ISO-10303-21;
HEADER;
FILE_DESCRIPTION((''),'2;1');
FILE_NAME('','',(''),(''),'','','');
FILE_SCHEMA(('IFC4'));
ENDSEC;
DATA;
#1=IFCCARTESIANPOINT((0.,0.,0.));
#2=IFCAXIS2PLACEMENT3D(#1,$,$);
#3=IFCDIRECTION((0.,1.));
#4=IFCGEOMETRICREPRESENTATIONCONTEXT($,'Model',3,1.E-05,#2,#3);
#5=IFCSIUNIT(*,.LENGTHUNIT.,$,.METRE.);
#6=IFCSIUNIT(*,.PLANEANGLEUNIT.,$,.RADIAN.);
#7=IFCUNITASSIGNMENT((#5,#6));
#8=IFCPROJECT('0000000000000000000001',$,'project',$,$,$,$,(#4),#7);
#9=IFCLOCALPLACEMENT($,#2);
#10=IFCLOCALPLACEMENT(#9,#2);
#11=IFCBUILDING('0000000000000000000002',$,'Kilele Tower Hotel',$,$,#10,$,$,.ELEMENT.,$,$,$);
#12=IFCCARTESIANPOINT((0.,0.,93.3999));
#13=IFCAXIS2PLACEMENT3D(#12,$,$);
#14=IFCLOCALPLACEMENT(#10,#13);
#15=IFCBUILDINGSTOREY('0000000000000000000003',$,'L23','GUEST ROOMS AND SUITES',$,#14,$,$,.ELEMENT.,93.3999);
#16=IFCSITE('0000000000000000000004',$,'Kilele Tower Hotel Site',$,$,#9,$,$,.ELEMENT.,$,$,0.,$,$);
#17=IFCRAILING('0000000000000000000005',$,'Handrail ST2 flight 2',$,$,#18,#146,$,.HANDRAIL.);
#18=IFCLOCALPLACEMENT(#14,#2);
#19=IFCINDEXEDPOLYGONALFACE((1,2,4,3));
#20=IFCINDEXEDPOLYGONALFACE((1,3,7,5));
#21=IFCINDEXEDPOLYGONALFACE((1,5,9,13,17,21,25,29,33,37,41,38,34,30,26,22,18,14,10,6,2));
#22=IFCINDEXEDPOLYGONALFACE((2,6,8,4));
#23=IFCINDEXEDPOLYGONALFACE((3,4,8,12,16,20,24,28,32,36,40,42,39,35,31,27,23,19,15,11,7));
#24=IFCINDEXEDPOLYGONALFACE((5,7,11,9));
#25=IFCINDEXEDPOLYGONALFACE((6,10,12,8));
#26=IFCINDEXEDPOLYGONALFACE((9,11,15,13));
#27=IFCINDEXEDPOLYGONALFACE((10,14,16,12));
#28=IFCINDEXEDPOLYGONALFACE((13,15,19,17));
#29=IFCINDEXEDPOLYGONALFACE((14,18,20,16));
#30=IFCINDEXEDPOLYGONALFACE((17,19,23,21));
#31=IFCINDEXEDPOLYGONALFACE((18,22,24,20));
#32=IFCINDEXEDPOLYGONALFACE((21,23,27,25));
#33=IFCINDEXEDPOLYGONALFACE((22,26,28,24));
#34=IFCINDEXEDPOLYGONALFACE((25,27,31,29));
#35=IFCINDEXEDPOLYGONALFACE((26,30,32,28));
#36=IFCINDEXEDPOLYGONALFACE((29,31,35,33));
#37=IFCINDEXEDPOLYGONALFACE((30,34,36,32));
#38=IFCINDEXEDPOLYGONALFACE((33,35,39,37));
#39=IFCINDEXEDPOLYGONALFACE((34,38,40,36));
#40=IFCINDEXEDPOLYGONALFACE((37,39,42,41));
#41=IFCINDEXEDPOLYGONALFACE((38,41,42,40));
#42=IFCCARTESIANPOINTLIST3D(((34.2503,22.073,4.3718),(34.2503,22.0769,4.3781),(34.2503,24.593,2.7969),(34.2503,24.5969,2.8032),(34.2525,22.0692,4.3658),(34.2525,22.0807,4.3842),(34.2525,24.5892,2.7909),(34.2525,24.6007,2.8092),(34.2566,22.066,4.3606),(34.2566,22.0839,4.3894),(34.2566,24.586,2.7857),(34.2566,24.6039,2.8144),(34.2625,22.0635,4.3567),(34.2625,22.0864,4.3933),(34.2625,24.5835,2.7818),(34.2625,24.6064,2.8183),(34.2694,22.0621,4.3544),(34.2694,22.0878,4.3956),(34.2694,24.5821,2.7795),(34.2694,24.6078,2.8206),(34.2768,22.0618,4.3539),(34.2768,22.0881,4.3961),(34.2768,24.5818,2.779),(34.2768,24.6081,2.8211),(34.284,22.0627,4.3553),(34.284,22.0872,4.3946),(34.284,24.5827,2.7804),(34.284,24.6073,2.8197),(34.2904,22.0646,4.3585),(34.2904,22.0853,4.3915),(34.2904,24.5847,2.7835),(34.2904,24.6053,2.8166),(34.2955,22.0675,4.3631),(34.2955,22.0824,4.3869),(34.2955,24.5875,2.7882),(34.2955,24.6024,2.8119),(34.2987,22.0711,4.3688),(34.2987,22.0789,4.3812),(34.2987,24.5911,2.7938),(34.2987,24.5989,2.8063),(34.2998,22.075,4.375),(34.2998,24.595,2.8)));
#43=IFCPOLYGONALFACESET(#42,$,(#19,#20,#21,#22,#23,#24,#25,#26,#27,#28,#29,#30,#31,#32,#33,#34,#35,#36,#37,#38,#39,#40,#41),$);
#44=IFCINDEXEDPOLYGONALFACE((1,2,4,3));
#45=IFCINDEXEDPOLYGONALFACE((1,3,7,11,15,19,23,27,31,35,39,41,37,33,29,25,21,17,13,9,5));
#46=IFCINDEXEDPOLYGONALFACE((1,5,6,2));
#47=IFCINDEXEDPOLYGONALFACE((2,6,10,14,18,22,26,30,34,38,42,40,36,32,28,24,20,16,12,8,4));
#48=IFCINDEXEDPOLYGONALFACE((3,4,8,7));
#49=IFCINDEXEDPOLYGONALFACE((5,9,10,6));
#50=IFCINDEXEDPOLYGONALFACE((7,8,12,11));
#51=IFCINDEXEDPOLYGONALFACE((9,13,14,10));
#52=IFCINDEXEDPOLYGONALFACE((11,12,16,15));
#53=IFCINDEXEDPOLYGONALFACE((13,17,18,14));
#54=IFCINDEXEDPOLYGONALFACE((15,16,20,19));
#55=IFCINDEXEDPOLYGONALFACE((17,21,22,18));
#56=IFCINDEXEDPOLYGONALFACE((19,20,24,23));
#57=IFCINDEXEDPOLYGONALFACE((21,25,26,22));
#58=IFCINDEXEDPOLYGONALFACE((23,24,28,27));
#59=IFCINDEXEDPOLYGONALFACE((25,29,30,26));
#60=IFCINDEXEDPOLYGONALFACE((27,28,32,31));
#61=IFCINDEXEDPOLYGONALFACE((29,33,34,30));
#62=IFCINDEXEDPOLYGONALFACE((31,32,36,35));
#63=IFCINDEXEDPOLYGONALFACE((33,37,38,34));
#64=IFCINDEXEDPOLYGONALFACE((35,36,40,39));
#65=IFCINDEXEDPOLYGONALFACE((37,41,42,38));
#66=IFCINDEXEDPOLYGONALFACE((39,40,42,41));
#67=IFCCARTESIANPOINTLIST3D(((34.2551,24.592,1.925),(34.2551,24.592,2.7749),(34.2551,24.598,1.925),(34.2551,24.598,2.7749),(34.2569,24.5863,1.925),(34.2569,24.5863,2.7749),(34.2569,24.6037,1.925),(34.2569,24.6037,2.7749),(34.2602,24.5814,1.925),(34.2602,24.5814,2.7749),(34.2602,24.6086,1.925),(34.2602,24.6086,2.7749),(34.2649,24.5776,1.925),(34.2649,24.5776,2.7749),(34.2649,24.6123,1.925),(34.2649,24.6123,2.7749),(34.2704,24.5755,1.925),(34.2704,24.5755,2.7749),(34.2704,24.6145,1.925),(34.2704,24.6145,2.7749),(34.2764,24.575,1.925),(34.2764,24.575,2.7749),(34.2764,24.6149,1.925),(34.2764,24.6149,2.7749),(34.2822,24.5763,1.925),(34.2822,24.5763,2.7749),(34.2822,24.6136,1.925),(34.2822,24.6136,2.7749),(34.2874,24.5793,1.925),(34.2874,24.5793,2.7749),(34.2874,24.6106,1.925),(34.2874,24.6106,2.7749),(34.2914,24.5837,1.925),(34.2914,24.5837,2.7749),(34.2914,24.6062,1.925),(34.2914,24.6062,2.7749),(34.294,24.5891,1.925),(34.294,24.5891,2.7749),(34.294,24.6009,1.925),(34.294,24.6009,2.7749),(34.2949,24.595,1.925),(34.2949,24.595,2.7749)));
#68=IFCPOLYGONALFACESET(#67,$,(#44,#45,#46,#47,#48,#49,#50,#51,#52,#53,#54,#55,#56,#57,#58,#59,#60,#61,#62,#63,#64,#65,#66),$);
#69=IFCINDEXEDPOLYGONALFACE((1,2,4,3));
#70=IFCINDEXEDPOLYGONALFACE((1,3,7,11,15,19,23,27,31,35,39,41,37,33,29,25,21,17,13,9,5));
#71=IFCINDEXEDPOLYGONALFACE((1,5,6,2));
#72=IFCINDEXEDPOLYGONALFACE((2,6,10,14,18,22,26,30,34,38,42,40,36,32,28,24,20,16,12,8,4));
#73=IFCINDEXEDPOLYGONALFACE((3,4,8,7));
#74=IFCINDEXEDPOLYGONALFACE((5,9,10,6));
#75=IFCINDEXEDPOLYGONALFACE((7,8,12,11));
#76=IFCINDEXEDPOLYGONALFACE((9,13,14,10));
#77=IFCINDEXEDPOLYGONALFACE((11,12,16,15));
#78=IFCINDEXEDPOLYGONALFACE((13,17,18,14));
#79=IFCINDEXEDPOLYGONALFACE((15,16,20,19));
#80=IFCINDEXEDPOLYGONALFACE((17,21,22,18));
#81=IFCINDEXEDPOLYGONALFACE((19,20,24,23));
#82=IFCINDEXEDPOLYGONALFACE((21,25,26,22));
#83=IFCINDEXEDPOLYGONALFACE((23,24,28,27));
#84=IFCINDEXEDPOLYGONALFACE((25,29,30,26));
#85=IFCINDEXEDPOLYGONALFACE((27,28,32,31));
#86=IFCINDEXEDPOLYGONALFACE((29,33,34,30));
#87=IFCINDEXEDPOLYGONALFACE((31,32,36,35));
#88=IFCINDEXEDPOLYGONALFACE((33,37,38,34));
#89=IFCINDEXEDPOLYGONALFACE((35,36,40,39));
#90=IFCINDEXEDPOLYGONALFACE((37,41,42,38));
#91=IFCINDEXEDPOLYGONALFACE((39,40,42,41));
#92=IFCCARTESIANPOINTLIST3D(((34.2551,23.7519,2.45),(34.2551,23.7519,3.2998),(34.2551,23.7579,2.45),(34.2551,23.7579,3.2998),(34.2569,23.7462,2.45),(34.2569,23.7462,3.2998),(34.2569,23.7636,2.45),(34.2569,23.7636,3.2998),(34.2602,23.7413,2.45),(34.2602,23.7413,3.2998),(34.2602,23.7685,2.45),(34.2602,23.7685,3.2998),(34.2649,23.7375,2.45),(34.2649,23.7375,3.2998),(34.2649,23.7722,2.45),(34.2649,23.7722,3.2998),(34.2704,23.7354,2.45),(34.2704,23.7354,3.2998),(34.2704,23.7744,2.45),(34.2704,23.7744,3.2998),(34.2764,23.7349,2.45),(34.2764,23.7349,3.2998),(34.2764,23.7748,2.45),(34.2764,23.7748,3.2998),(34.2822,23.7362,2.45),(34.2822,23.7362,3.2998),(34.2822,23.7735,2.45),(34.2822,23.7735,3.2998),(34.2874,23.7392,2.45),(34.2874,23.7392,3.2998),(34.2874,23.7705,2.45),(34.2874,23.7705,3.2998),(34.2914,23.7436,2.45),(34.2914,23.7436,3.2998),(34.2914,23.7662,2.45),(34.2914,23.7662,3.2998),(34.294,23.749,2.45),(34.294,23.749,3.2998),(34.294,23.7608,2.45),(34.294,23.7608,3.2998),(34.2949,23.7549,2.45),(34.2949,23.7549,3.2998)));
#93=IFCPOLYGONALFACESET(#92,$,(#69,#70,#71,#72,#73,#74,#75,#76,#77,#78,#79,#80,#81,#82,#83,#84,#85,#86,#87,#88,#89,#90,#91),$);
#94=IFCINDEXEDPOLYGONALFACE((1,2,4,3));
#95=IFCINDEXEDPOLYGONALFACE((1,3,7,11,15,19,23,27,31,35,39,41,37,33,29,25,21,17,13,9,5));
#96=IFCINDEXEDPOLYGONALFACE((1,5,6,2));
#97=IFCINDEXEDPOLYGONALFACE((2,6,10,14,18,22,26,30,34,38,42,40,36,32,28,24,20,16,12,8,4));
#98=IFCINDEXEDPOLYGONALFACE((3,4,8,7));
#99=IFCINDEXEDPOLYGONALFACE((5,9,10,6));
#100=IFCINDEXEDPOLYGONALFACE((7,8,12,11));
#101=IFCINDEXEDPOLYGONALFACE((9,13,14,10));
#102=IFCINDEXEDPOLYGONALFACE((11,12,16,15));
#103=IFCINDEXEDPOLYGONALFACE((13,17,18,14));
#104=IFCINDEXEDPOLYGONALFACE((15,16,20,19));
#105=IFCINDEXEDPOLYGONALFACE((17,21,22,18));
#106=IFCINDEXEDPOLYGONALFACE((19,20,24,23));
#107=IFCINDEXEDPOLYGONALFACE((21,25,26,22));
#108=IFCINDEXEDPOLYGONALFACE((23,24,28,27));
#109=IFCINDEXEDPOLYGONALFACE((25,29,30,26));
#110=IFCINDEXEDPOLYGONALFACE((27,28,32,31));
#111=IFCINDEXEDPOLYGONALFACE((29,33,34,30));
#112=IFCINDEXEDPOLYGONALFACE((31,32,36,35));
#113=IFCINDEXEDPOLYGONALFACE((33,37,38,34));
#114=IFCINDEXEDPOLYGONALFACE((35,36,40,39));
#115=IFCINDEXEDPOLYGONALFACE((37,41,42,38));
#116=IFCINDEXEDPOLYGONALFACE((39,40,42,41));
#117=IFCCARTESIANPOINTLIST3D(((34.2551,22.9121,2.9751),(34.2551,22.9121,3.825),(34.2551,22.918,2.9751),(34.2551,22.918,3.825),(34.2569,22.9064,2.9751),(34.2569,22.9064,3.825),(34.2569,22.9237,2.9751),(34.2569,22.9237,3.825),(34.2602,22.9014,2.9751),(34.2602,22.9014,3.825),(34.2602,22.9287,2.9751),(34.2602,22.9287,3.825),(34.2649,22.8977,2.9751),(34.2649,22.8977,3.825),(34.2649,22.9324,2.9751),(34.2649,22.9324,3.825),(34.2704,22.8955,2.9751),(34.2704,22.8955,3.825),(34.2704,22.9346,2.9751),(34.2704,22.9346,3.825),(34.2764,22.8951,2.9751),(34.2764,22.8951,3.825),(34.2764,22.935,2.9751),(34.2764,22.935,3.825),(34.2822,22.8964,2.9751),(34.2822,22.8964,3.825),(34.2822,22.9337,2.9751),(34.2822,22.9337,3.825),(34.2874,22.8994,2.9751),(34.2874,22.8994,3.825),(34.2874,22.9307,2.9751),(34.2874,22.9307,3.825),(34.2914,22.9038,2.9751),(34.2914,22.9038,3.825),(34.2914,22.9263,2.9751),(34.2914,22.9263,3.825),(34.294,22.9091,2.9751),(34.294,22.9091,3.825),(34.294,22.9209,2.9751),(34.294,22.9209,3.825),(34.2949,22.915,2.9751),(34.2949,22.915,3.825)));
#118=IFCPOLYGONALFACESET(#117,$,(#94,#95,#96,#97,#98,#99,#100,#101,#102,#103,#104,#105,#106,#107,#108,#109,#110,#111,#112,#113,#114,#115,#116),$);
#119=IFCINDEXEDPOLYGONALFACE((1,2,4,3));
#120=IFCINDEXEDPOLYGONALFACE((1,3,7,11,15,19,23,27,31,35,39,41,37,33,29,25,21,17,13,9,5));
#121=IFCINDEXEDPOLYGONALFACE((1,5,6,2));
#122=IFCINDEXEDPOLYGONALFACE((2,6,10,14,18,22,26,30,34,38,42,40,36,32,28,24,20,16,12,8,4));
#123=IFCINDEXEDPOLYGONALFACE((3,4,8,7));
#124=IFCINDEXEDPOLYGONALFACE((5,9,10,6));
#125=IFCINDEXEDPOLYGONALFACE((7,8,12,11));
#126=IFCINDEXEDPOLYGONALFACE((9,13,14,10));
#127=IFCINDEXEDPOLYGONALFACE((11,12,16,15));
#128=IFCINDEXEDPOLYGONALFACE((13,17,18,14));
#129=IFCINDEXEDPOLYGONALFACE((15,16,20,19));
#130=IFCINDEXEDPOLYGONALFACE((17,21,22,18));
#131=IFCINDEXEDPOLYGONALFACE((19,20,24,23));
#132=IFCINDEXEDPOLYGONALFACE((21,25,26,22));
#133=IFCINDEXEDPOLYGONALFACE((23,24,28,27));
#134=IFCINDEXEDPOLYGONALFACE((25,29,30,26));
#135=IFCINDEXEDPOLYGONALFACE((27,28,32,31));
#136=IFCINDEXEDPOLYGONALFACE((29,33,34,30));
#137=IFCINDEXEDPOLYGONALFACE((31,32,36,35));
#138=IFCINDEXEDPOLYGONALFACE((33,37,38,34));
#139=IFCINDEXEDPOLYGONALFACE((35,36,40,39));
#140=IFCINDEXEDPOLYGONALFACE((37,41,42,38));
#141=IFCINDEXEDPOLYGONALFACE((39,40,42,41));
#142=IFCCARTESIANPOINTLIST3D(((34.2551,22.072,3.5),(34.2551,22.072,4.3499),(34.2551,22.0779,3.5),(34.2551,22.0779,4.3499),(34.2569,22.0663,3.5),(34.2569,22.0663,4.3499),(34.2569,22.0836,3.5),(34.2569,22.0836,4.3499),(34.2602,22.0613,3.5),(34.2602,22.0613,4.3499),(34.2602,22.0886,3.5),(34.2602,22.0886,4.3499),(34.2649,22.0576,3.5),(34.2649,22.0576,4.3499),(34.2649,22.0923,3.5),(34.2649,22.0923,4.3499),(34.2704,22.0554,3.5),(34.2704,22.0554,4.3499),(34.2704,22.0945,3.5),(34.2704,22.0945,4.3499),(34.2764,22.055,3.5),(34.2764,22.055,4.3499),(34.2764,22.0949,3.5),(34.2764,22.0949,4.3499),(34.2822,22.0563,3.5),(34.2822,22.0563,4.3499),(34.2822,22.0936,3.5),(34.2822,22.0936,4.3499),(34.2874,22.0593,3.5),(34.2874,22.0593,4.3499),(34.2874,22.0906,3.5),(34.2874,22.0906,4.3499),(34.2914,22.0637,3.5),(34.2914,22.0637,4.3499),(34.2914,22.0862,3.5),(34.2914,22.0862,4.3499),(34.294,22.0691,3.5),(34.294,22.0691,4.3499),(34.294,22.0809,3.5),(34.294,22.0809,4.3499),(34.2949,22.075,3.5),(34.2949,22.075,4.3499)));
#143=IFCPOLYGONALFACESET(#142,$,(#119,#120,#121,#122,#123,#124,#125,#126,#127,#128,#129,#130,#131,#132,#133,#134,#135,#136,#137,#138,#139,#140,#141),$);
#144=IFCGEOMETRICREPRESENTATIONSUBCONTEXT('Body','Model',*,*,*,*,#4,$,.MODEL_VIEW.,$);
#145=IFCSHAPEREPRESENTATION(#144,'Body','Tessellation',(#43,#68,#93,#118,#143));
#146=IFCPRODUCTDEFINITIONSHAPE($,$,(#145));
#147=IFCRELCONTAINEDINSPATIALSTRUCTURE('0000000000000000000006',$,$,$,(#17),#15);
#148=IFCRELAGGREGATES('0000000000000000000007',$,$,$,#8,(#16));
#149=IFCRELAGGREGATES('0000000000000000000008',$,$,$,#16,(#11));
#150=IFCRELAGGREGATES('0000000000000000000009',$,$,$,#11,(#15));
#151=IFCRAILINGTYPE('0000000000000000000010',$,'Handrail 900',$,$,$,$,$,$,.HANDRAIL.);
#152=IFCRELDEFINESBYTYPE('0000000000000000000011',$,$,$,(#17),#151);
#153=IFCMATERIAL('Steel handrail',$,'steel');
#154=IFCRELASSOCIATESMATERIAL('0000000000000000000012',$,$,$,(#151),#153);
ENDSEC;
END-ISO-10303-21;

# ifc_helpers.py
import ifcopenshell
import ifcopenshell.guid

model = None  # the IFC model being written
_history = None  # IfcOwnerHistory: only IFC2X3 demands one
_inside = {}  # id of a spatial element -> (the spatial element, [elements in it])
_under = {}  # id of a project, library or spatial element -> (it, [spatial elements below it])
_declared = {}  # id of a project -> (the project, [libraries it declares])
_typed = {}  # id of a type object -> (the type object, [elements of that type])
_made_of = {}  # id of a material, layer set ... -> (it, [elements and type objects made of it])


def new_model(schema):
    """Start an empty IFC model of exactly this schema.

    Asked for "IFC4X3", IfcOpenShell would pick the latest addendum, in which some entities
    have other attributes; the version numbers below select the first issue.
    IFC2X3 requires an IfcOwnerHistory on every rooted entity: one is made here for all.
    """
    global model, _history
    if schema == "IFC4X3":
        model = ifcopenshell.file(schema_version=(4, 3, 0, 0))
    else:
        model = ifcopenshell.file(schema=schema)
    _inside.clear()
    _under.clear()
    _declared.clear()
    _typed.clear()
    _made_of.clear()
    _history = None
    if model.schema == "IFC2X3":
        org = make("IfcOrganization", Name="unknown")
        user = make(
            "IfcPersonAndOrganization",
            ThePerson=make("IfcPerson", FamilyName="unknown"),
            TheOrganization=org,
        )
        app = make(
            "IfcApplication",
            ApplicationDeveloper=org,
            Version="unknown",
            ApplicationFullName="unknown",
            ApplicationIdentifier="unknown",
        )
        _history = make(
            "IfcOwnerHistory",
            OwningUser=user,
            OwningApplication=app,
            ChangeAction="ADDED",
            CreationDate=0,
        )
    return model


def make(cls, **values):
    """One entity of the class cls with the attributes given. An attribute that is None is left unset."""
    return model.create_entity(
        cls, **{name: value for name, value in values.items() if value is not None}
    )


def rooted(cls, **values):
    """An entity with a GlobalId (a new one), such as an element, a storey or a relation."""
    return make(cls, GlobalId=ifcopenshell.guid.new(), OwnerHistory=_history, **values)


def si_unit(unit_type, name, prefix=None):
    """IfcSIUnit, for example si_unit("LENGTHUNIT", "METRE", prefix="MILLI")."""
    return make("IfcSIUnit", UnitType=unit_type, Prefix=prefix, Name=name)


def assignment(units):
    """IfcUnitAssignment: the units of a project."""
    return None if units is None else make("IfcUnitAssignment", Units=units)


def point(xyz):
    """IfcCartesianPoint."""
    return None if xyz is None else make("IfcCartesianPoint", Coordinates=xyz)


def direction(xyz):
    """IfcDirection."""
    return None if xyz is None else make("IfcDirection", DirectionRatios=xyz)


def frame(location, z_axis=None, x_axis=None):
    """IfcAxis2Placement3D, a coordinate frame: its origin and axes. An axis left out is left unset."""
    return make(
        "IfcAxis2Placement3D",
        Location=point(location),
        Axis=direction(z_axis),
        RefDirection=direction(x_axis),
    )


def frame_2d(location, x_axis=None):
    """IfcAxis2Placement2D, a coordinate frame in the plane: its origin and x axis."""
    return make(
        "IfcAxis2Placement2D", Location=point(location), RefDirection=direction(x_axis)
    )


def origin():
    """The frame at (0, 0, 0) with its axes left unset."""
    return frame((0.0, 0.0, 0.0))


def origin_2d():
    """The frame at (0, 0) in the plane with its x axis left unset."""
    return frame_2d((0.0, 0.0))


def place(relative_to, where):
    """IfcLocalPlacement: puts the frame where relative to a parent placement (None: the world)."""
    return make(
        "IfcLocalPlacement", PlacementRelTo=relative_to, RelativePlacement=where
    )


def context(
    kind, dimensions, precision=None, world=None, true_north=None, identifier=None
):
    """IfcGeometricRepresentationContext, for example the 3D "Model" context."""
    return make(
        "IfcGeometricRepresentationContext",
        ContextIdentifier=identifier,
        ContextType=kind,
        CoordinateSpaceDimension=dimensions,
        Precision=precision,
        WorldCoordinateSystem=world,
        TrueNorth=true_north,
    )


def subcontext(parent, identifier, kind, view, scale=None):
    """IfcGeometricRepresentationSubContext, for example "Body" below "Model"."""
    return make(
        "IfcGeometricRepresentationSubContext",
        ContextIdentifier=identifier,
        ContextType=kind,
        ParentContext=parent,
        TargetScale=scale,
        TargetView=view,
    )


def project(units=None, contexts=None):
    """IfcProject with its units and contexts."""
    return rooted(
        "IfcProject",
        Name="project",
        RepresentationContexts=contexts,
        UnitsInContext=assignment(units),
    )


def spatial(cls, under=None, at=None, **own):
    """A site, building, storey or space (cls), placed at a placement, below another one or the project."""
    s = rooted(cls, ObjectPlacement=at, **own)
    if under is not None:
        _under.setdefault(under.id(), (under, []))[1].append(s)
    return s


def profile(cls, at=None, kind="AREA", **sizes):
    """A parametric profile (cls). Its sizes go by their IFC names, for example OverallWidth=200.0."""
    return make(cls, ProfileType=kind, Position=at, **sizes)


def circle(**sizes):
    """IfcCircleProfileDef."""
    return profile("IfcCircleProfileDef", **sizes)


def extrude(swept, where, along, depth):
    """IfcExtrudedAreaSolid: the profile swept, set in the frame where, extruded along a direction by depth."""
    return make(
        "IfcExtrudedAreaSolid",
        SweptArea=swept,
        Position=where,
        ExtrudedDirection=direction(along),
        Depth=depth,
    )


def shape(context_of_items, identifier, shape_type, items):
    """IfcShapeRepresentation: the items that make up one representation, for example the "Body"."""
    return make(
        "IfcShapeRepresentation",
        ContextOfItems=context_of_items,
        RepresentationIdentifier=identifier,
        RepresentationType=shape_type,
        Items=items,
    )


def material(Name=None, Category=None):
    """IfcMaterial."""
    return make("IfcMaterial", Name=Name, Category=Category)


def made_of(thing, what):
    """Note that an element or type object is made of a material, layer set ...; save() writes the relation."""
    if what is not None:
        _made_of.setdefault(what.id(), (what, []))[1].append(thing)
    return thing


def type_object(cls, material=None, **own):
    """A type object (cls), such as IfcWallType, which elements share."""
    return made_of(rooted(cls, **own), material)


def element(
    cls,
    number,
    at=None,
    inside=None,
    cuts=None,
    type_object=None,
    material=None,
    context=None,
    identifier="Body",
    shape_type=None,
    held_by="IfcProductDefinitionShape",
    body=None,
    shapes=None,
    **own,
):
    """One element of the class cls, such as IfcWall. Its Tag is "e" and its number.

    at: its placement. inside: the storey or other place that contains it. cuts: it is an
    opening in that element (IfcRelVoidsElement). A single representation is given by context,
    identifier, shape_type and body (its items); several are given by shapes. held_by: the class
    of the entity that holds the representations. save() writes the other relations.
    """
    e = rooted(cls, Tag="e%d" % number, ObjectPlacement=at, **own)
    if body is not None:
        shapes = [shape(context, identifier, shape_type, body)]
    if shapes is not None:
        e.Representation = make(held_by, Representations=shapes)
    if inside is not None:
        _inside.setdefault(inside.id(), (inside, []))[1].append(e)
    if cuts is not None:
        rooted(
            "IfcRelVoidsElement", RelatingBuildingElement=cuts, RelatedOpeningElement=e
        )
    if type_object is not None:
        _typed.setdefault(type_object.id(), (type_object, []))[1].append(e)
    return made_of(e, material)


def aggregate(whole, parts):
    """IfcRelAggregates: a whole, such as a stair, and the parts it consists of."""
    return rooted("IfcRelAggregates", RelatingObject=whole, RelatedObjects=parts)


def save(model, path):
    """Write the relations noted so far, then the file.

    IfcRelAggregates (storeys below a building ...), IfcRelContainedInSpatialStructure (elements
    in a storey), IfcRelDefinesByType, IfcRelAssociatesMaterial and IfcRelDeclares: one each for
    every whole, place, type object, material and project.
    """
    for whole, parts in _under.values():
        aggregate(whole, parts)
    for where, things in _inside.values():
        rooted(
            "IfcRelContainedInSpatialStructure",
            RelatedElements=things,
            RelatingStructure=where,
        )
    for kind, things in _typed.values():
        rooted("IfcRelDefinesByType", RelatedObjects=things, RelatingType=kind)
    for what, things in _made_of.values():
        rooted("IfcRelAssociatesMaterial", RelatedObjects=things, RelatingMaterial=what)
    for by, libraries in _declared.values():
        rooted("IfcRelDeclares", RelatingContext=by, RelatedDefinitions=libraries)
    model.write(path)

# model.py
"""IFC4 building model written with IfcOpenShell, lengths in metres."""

from ifc_helpers import new_model, si_unit, direction, frame, origin, origin_2d, place, context, subcontext, project, spatial, circle, extrude, material, type_object, element, save


model = new_model("IFC4")

# Units and contexts
model_context = context("Model", 3, precision=1e-05, world=origin(), true_north=direction((0.0, 1.0)))
body_context = subcontext(model_context, "Body", "Model", "MODEL_VIEW")
ifc_project = project(units=[si_unit("LENGTHUNIT", "METRE"), si_unit("PLANEANGLEUNIT", "RADIAN")], contexts=[model_context])

# Site, building, storey
site_placement = place(None, origin())
site = spatial("IfcSite", under=ifc_project, at=site_placement, Name="Kilele Tower Hotel Site", CompositionType="ELEMENT", RefElevation=0.0)
building_placement = place(site_placement, origin())
building = spatial("IfcBuilding", under=site, at=building_placement, Name="Kilele Tower Hotel", CompositionType="ELEMENT")
storey_placement = place(building_placement, frame((0.0, 0.0, 93.3999)))
storey = spatial("IfcBuildingStorey", under=building, at=storey_placement, Name="L23", Description="GUEST ROOMS AND SUITES", CompositionType="ELEMENT", Elevation=93.3999)

# Railing
ifc_material_1 = material(Name="Steel handrail", Category="steel")
railing_type_1 = type_object("IfcRailingType", Name="Handrail 900", PredefinedType="HANDRAIL", material=ifc_material_1)
for number, where, name in (
    (1, (34.2749, 24.595, 1.925), "Handrail ST2 flight 2"),
):
    element("IfcRailing", number, at=place(storey_placement, frame(where)), inside=storey, type_object=railing_type_1, Name=name, PredefinedType="HANDRAIL", context=body_context, shape_type="SweptSolid", body=[
        extrude(circle(Radius=0.0249, at=origin_2d()), frame((0.0, 0.0, 0.875), z_axis=(0.0, -0.848008, 0.529984), x_axis=(1.0, 0.0, 0.0)), (0.0, 0.0, 1.0), 2.9717),
        extrude(circle(Radius=0.02, at=origin_2d()), origin(), (0.0, 0.0, 1.0), 0.8499),
        extrude(circle(Radius=0.02, at=origin_2d()), frame((0.0, -0.8401, 0.5249)), (0.0, 0.0, 1.0), 0.8499),
        extrude(circle(Radius=0.02, at=origin_2d()), frame((0.0, -1.6799, 1.05)), (0.0, 0.0, 1.0), 0.8499),
        extrude(circle(Radius=0.02, at=origin_2d()), frame((0.0, -2.52, 1.575)), (0.0, 0.0, 1.0), 0.8499),
    ])

save(model, "model.ifc")
